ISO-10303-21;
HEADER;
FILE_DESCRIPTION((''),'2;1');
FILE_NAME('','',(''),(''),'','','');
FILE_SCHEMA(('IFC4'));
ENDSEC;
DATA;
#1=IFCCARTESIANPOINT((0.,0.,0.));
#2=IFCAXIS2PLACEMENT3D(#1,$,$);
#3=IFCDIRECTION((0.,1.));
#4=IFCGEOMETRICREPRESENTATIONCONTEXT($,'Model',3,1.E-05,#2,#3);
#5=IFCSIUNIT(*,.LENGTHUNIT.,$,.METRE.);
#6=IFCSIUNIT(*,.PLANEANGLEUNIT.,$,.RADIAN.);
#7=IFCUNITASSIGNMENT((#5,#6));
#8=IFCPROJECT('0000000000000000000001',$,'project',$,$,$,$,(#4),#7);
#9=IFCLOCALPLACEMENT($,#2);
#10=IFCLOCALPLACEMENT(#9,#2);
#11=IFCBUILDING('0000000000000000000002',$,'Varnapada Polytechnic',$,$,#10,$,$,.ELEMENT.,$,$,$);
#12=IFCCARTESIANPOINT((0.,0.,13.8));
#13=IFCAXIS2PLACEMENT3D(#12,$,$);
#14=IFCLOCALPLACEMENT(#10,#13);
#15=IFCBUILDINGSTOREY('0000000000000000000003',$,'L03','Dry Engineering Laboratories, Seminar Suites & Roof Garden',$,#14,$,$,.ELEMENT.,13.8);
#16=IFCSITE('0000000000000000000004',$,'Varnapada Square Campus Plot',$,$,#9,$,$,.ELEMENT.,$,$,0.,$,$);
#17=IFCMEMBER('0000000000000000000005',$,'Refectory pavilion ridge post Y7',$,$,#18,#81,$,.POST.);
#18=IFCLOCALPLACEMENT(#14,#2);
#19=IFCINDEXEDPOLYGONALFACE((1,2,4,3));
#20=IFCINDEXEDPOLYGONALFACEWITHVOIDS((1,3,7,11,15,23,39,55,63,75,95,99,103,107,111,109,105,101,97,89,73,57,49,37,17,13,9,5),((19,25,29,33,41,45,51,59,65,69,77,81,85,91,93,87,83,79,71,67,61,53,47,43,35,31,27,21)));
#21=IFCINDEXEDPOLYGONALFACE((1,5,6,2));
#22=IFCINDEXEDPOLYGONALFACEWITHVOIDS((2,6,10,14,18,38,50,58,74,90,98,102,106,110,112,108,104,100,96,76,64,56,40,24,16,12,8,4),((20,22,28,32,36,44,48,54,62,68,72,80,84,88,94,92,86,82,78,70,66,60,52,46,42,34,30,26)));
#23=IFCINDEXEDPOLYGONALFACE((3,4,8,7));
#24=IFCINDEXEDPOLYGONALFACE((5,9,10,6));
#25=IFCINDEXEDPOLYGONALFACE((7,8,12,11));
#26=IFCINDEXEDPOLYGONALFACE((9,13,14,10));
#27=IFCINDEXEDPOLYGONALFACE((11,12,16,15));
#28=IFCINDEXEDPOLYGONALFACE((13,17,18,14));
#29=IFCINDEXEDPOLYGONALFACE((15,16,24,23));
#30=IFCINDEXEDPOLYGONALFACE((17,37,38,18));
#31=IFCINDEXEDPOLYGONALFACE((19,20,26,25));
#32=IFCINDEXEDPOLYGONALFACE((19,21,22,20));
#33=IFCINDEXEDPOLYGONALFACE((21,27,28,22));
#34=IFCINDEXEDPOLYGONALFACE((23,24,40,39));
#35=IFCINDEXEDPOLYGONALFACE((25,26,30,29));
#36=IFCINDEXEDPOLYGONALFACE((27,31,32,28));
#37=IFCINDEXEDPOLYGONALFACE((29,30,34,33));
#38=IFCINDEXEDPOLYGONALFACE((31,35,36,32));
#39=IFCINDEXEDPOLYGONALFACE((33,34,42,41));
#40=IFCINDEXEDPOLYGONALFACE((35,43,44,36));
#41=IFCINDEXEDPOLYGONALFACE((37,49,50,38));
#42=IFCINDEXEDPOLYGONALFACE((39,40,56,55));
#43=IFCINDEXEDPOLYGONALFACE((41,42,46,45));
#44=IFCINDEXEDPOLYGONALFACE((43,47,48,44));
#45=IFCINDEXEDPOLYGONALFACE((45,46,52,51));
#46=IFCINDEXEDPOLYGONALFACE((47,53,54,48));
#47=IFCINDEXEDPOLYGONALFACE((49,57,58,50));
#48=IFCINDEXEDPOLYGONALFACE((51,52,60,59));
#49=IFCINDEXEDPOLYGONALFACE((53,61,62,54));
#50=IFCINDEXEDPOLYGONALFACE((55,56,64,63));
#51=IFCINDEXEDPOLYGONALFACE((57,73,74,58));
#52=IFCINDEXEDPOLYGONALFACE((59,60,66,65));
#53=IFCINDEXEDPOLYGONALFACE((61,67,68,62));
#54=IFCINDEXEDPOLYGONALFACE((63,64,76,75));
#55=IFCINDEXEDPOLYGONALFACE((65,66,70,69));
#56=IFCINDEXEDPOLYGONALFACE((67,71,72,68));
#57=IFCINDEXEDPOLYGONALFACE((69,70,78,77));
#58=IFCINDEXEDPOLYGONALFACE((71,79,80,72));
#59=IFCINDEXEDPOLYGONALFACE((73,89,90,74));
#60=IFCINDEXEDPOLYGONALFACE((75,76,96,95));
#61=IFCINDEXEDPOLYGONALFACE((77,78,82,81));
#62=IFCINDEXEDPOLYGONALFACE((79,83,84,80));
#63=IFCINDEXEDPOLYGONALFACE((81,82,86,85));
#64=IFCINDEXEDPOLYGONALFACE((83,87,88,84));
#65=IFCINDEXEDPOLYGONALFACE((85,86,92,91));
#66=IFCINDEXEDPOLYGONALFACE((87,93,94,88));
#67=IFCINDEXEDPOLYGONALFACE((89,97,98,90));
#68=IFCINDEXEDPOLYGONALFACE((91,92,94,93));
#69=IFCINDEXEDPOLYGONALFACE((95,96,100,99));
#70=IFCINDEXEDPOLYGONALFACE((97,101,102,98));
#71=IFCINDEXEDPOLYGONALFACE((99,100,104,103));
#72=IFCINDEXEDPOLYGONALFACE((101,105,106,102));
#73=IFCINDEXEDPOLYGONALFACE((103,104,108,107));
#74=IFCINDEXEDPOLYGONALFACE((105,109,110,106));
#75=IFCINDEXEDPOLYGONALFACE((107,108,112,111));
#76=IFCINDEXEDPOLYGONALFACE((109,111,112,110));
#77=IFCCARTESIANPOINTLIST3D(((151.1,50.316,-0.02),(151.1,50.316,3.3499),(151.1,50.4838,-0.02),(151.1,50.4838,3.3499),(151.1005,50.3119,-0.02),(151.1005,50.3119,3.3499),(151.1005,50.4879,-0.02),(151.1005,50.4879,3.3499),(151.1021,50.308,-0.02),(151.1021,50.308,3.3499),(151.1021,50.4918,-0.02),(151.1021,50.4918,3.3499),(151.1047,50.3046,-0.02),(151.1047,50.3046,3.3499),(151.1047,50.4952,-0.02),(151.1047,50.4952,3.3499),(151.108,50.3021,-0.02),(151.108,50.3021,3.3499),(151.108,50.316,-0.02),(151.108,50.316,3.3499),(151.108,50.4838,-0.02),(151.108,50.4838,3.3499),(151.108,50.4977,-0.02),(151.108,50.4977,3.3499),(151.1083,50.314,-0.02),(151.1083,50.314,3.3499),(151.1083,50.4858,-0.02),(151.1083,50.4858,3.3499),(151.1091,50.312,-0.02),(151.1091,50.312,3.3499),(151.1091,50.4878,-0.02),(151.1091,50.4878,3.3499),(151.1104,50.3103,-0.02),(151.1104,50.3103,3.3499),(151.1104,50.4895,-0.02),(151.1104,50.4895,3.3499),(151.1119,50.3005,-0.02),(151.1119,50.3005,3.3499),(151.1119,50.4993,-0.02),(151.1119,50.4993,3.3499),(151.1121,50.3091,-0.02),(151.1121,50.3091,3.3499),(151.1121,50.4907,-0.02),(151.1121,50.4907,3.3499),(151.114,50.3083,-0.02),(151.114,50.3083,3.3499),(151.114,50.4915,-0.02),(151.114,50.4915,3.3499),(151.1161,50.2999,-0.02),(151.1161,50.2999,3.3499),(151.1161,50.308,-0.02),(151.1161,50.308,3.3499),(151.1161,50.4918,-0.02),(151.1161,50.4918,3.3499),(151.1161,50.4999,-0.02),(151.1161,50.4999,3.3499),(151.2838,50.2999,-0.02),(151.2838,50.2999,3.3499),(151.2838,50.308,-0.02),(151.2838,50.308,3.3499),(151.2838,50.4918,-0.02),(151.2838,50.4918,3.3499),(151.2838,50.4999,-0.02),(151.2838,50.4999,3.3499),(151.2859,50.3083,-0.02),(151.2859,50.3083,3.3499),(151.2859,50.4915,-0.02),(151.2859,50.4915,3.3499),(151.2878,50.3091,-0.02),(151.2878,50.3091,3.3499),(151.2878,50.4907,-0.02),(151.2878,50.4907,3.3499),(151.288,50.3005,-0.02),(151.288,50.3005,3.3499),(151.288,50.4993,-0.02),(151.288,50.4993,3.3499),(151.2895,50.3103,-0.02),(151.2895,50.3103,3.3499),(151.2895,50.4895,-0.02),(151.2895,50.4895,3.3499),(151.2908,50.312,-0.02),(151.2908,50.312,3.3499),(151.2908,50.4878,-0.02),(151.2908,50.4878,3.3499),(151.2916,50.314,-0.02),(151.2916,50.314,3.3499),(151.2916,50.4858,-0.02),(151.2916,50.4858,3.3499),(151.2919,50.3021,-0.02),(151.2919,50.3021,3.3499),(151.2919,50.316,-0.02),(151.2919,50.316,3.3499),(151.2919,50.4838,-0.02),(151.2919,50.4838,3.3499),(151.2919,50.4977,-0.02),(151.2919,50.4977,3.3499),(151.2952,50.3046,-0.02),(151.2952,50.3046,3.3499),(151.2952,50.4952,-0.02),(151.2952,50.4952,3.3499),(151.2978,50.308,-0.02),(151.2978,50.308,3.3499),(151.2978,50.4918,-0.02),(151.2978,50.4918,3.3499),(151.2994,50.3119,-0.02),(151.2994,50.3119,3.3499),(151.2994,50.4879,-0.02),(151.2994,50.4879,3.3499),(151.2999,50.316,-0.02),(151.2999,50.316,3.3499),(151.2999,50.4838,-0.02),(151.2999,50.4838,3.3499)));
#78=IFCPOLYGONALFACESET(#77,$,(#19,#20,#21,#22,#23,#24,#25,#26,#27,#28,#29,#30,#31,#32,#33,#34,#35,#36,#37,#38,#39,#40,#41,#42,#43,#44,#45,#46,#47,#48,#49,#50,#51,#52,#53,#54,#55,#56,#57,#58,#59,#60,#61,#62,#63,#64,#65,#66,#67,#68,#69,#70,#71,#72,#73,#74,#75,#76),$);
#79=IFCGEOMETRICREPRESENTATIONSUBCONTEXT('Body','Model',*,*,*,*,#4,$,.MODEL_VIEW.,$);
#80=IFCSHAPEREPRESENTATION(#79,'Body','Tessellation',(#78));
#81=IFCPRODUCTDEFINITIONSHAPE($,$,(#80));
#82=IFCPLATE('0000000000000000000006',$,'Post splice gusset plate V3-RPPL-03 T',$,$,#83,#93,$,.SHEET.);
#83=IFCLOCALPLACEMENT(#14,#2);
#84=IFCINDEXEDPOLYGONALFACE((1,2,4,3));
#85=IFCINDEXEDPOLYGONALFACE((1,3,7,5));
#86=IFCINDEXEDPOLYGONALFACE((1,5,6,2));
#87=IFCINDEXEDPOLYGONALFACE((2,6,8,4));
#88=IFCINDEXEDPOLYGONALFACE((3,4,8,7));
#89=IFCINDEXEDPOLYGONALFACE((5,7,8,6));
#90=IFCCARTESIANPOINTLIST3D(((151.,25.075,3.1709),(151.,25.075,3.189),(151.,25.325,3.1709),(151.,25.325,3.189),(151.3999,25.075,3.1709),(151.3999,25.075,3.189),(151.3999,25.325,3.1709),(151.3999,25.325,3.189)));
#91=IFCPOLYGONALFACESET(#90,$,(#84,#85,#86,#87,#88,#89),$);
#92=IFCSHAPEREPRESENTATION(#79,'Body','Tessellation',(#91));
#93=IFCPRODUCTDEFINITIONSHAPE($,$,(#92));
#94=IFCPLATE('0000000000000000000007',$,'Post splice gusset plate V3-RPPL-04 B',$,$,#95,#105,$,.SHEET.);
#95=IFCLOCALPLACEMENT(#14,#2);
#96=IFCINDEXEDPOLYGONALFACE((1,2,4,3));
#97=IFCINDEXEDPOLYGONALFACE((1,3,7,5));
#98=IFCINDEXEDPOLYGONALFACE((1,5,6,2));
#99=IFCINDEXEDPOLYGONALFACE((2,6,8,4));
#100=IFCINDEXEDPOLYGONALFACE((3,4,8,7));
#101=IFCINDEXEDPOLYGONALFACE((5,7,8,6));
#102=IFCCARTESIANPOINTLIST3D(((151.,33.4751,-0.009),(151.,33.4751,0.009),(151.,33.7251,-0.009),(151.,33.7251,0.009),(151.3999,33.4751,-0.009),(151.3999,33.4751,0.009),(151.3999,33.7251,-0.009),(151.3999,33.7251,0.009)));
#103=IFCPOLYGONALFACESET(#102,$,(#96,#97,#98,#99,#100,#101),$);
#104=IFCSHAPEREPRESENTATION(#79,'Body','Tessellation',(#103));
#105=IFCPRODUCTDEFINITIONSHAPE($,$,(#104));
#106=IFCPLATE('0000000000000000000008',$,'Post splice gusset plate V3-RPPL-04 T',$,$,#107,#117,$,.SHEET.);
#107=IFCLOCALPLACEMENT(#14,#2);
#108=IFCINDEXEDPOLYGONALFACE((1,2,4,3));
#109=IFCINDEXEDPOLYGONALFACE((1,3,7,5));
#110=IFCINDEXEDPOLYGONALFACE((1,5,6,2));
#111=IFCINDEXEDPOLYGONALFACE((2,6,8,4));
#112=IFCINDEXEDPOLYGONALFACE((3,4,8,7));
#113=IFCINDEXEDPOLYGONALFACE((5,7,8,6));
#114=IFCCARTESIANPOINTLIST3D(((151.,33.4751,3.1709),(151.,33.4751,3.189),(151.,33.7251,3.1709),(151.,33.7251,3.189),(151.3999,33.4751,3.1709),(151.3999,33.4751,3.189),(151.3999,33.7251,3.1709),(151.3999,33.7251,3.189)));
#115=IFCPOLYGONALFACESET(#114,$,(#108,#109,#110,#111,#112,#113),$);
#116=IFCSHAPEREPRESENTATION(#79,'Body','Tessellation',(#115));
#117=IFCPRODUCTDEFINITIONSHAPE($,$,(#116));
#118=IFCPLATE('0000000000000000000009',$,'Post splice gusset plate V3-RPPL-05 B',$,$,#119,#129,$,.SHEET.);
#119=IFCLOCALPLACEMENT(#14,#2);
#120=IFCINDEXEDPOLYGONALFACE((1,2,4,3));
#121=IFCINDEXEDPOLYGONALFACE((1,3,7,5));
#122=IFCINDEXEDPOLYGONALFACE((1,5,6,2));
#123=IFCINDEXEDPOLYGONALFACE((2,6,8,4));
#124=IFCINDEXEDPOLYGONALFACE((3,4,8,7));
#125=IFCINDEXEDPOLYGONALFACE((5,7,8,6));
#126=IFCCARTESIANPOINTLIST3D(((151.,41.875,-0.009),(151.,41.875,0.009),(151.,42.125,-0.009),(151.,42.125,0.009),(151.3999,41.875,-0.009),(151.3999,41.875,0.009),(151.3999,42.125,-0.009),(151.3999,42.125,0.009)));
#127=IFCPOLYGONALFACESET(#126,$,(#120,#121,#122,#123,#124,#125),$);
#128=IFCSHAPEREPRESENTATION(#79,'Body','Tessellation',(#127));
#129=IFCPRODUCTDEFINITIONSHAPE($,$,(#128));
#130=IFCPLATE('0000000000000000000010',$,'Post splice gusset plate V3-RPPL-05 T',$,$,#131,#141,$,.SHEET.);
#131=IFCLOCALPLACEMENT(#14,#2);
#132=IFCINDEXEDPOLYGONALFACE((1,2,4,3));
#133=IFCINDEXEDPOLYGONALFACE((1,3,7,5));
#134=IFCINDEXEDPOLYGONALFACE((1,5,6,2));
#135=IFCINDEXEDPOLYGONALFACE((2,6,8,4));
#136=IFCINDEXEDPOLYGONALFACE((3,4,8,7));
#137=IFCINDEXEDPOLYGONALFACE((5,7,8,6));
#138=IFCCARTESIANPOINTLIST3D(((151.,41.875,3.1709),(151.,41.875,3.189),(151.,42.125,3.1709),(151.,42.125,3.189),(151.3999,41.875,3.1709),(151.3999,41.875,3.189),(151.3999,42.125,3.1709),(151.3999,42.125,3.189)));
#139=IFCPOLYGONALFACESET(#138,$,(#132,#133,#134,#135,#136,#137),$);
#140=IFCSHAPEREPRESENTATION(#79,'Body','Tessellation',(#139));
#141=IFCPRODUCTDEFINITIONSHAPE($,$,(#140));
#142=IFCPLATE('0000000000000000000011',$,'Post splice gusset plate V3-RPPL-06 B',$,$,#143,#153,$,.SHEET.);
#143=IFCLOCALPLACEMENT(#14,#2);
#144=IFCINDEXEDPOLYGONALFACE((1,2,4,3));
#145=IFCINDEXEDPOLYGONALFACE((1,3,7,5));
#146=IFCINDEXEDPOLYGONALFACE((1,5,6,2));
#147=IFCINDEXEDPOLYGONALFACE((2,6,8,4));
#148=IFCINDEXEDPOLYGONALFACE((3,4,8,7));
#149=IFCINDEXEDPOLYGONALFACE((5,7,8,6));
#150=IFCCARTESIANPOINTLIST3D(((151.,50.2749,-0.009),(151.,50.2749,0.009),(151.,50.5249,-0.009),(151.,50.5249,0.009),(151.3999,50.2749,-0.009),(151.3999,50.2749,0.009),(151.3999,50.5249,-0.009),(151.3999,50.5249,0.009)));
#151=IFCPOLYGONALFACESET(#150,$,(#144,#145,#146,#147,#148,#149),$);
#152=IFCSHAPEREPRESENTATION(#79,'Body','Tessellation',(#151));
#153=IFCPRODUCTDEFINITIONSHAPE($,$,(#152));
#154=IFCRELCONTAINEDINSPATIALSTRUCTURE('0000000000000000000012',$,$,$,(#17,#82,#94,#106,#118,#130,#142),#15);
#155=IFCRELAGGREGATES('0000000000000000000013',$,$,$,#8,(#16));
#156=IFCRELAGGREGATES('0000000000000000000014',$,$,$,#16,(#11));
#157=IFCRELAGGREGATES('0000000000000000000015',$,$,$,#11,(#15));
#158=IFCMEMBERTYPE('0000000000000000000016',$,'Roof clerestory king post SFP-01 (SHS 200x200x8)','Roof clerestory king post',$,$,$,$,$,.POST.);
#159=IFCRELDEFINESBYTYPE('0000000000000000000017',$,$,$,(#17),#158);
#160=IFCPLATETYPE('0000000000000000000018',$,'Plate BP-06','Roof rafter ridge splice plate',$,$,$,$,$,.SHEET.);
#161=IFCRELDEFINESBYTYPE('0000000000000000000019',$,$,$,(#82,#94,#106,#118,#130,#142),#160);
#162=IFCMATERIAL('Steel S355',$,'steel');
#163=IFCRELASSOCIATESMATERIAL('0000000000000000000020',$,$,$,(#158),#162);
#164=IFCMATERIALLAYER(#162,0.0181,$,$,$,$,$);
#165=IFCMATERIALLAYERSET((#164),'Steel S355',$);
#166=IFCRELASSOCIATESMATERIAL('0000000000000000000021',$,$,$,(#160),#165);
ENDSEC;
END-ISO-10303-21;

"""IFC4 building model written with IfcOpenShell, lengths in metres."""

from ifc_helpers import new_model, si_unit, direction, frame, origin, origin_2d, place, context, subcontext, project, spatial, rectangle, hollow_rectangle, extrude, material, layer, layer_set, material_profile, profile_set, type_object, element, save


model = new_model("IFC4")

# Units and contexts
model_context = context("Model", 3, precision=1e-05, world=origin(), true_north=direction((0.0, 1.0)))
body_context = subcontext(model_context, "Body", "Model", "MODEL_VIEW")
ifc_project = project(units=[si_unit("LENGTHUNIT", "METRE"), si_unit("PLANEANGLEUNIT", "RADIAN")], contexts=[model_context])

# Site, building, storey
site_placement = place(None, origin())
site = spatial("IfcSite", under=ifc_project, at=site_placement, Name="Varnapada Square Campus Plot", CompositionType="ELEMENT", RefElevation=0.0)
building_placement = place(site_placement, origin())
building = spatial("IfcBuilding", under=site, at=building_placement, Name="Varnapada Polytechnic", CompositionType="ELEMENT")
storey_placement = place(building_placement, frame((0.0, 0.0, 13.8)))
storey = spatial("IfcBuildingStorey", under=building, at=storey_placement, Name="L03", Description="Dry Engineering Laboratories, Seminar Suites & Roof Garden", CompositionType="ELEMENT", Elevation=13.8)

# Shared definitions
ifc_material = material(Name="Steel S355", Category="steel")

# Member
ifc_material_profile_1 = material_profile(ifc_material, hollow_rectangle(XDim=0.2, YDim=0.2, WallThickness=0.0081, InnerFilletRadius=0.0081, OuterFilletRadius=0.0161, at=origin_2d()), Name="SHS 200x200x8")
ifc_profile_set_1 = profile_set([ifc_material_profile_1], Name="Steel S355")
member_type = type_object("IfcMemberType", Name="Roof clerestory king post SFP-01 (SHS 200x200x8)", Description="Roof clerestory king post", PredefinedType="POST", material=ifc_profile_set_1)
for number, where, z_axis, x_axis, name in (
    (1, (151.2, 50.3999, -0.02), (0.0, 0.0, 1.0), (1.0, 0.0, 0.0), "Refectory pavilion ridge post Y7"),
):
    element("IfcMember", number, at=place(storey_placement, frame(where, z_axis=z_axis, x_axis=x_axis)), inside=storey, type_object=member_type, Name=name, PredefinedType="POST", context=body_context, shape_type="SweptSolid", body=[
        extrude(hollow_rectangle(XDim=0.2, YDim=0.2, WallThickness=0.0081, InnerFilletRadius=0.0081, OuterFilletRadius=0.0161, at=origin_2d()), origin(), (0.0, 0.0, 1.0), 3.3699),
    ])

# Plates
ifc_layer = layer(ifc_material, 0.0181)
ifc_layer_set = layer_set([ifc_layer], Name="Steel S355")
plate_type = type_object("IfcPlateType", Name="Plate BP-06", Description="Roof rafter ridge splice plate", PredefinedType="SHEET", material=ifc_layer_set)
for number, where, z_axis, x_axis, name in (
    (2, (151.2, 25.2, 3.1709), (0.0, 0.0, 1.0), (1.0, 0.0, 0.0), "Post splice gusset plate V3-RPPL-03 T"),
    (3, (151.2, 33.6001, -0.009), (0.0, 0.0, 1.0), (1.0, 0.0, 0.0), "Post splice gusset plate V3-RPPL-04 B"),
    (4, (151.2, 33.6001, 3.1709), (0.0, 0.0, 1.0), (1.0, 0.0, 0.0), "Post splice gusset plate V3-RPPL-04 T"),
    (5, (151.2, 42.0, -0.009), (0.0, 0.0, 1.0), (1.0, 0.0, 0.0), "Post splice gusset plate V3-RPPL-05 B"),
    (6, (151.2, 42.0, 3.1709), (0.0, 0.0, 1.0), (1.0, 0.0, 0.0), "Post splice gusset plate V3-RPPL-05 T"),
    (7, (151.2, 50.3999, -0.009), (0.0, 0.0, 1.0), (1.0, 0.0, 0.0), "Post splice gusset plate V3-RPPL-06 B"),
):
    element("IfcPlate", number, at=place(storey_placement, frame(where, z_axis=z_axis, x_axis=x_axis)), inside=storey, type_object=plate_type, Name=name, PredefinedType="SHEET", context=body_context, shape_type="SweptSolid", body=[
        extrude(rectangle(XDim=0.3999, YDim=0.25, at=origin_2d()), origin(), (0.0, 0.0, 1.0), 0.0181),
    ])

save(model, "model.ifc")
